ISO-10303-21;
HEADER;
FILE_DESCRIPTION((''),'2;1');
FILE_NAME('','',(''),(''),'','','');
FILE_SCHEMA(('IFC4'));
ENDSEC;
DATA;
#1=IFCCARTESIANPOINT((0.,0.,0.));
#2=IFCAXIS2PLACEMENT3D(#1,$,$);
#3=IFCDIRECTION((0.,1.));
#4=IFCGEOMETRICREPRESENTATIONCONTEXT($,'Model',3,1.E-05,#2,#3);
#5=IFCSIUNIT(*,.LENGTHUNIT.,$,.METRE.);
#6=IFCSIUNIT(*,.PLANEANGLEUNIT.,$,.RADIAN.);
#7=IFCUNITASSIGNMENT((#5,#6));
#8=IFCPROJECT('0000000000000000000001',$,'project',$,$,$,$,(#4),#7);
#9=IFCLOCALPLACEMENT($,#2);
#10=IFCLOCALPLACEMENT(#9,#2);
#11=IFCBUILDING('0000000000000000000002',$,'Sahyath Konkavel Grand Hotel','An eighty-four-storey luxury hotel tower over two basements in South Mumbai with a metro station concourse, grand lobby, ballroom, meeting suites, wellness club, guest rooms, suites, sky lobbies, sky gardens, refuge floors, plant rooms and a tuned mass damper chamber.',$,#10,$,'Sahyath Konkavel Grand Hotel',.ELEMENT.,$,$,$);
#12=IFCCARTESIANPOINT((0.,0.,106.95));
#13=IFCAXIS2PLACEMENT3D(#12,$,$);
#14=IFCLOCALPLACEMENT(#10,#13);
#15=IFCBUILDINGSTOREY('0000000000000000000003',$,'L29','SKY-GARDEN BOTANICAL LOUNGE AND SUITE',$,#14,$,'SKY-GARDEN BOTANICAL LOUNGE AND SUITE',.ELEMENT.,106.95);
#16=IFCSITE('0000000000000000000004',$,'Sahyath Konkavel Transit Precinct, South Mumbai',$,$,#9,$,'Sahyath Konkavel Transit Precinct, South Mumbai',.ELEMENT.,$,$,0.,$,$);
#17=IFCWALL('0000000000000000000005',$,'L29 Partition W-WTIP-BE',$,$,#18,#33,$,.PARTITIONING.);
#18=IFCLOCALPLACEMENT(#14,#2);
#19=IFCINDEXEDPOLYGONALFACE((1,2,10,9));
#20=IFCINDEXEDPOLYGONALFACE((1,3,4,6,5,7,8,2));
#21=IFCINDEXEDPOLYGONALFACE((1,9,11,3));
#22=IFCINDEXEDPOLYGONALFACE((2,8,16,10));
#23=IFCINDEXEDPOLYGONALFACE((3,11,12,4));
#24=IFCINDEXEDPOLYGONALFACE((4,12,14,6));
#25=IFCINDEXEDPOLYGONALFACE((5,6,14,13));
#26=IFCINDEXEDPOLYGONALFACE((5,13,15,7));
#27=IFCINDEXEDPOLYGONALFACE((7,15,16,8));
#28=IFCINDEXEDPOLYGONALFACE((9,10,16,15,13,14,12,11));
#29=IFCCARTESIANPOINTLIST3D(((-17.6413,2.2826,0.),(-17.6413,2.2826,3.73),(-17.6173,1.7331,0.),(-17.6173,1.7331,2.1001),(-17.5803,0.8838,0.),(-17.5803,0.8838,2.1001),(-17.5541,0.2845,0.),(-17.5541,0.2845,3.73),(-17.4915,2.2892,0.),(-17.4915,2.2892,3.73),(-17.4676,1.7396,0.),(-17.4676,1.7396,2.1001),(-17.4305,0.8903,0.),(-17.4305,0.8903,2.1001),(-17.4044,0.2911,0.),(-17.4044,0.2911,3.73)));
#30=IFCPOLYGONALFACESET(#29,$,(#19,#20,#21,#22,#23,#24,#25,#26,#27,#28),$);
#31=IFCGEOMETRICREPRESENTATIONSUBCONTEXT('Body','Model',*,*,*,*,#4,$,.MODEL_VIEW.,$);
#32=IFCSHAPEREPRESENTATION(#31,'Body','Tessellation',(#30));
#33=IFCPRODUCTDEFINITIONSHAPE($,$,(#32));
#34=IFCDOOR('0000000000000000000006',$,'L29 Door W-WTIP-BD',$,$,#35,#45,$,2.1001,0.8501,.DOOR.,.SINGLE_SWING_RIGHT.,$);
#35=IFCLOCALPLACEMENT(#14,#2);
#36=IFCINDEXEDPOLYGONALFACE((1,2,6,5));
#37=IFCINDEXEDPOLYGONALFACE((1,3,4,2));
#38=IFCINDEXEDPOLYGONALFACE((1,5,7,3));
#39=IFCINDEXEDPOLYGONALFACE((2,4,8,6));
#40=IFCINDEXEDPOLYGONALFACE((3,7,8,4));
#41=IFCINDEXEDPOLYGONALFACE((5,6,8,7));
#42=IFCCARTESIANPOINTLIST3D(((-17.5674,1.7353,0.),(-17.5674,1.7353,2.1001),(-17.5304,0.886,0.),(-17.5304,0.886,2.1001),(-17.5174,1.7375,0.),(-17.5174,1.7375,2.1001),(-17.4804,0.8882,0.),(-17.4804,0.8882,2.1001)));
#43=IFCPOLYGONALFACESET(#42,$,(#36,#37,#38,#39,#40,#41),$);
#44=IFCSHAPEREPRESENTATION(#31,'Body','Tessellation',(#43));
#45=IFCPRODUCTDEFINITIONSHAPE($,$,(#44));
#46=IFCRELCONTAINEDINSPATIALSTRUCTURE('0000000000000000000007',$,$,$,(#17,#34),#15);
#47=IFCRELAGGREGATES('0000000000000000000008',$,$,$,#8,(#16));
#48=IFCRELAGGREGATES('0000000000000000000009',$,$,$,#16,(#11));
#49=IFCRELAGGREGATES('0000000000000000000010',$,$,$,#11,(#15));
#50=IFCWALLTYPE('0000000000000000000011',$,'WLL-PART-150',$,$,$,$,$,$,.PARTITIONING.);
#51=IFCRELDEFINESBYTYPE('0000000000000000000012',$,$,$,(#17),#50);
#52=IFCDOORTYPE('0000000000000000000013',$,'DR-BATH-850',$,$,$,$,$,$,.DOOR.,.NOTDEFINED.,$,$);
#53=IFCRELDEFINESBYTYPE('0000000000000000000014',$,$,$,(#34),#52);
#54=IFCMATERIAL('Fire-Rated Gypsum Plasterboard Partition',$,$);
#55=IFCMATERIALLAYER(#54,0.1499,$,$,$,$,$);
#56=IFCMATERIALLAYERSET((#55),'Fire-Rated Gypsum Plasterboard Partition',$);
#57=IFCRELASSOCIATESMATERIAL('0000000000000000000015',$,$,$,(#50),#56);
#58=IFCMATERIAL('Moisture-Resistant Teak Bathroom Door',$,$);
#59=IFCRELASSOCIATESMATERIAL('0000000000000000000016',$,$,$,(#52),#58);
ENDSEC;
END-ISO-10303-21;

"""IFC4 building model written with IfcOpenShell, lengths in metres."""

from ifc_helpers import new_model, si_unit, direction, frame, frame_2d, origin, origin_2d, place, context, subcontext, project, spatial, rectangle, extrude, source, transform, mapped, material, layer, layer_set, type_object, element, fill, save


model = new_model("IFC4")

# Units and contexts
model_context = context("Model", 3, precision=1e-05, world=origin(), true_north=direction((0.0, 1.0)))
body_context = subcontext(model_context, "Body", "Model", "MODEL_VIEW")
ifc_project = project(units=[si_unit("LENGTHUNIT", "METRE"), si_unit("PLANEANGLEUNIT", "RADIAN")], contexts=[model_context])

# Site, building, storey
site_placement = place(None, origin())
site = spatial("IfcSite", under=ifc_project, at=site_placement, Name="Sahyath Konkavel Transit Precinct, South Mumbai", LongName="Sahyath Konkavel Transit Precinct, South Mumbai", CompositionType="ELEMENT", RefElevation=0.0)
building_placement = place(site_placement, origin())
building = spatial("IfcBuilding", under=site, at=building_placement, Name="Sahyath Konkavel Grand Hotel", Description="An eighty-four-storey luxury hotel tower over two basements in South Mumbai with a metro station concourse, grand lobby, ballroom, meeting suites, wellness club, guest rooms, suites, sky lobbies, sky gardens, refuge floors, plant rooms and a tuned mass damper chamber.", LongName="Sahyath Konkavel Grand Hotel", CompositionType="ELEMENT")
storey_placement = place(building_placement, frame((0.0, 0.0, 106.95)))
storey = spatial("IfcBuildingStorey", under=building, at=storey_placement, Name="L29", Description="SKY-GARDEN BOTANICAL LOUNGE AND SUITE", LongName="SKY-GARDEN BOTANICAL LOUNGE AND SUITE", CompositionType="ELEMENT", Elevation=106.95)

# Shared definitions
shared_shape_1 = source(origin(), body_context, "Body", "SweptSolid", [
    extrude(rectangle(XDim=0.8501, YDim=0.05, at=origin_2d()), origin(), (0.0, 0.0, 1.0), 2.1001),
])

# Shared definitions
ifc_material_1 = material(Name="Fire-Rated Gypsum Plasterboard Partition")
ifc_layer_1 = layer(ifc_material_1, 0.1499)
ifc_layer_set_1 = layer_set([ifc_layer_1], Name="Fire-Rated Gypsum Plasterboard Partition")
wall_type_1 = type_object("IfcWallType", Name="WLL-PART-150", PredefinedType="PARTITIONING", material=ifc_layer_set_1)

# Wall, opening, door
wall_1_placement = place(storey_placement, frame((-17.5664, 2.2859, 0.0), z_axis=(0.0, 0.0, 1.0), x_axis=(0.04358, -0.99905, 0.0)))
wall_1 = element("IfcWall", 1, at=wall_1_placement, inside=storey, type_object=wall_type_1, Name="L29 Partition W-WTIP-BE", PredefinedType="PARTITIONING", context=body_context, shape_type="SweptSolid", body=[
    extrude(rectangle(XDim=2.0, YDim=0.1499, at=frame_2d((1.0, 0.0))), origin(), (0.0, 0.0, 1.0), 3.73),
])
opening_1_placement = place(wall_1_placement, frame((0.55, 0.0, 0.0)))
opening_1 = element("IfcOpeningElement", 2, at=opening_1_placement, cuts=wall_1, PredefinedType="OPENING", context=body_context, shape_type="SweptSolid", body=[
    extrude(rectangle(XDim=0.8501, YDim=2.1001, at=frame_2d((0.425, 1.05))), frame((0.0, 0.085, 0.0), z_axis=(0.0, -1.0, 0.0), x_axis=(1.0, 0.0, 0.0)), (0.0, 0.0, 1.0), 0.1699),
])
ifc_material_2 = material(Name="Moisture-Resistant Teak Bathroom Door")
door_type_1 = type_object("IfcDoorType", Name="DR-BATH-850", OperationType="NOTDEFINED", PredefinedType="DOOR", material=ifc_material_2)
door_1_placement = place(opening_1_placement, frame((0.425, 0.0, 0.0)))
door_1 = element("IfcDoor", 3, at=door_1_placement, inside=storey, type_object=door_type_1, Name="L29 Door W-WTIP-BD", OperationType="SINGLE_SWING_RIGHT", OverallHeight=2.1001, OverallWidth=0.8501, PredefinedType="DOOR", context=body_context, shape_type="MappedRepresentation", body=[
    mapped(shared_shape_1, transform((0.0, 0.0, 0.0), scale=1.0)),
])
fill(opening_1, door_1)

save(model, "model.ifc")
